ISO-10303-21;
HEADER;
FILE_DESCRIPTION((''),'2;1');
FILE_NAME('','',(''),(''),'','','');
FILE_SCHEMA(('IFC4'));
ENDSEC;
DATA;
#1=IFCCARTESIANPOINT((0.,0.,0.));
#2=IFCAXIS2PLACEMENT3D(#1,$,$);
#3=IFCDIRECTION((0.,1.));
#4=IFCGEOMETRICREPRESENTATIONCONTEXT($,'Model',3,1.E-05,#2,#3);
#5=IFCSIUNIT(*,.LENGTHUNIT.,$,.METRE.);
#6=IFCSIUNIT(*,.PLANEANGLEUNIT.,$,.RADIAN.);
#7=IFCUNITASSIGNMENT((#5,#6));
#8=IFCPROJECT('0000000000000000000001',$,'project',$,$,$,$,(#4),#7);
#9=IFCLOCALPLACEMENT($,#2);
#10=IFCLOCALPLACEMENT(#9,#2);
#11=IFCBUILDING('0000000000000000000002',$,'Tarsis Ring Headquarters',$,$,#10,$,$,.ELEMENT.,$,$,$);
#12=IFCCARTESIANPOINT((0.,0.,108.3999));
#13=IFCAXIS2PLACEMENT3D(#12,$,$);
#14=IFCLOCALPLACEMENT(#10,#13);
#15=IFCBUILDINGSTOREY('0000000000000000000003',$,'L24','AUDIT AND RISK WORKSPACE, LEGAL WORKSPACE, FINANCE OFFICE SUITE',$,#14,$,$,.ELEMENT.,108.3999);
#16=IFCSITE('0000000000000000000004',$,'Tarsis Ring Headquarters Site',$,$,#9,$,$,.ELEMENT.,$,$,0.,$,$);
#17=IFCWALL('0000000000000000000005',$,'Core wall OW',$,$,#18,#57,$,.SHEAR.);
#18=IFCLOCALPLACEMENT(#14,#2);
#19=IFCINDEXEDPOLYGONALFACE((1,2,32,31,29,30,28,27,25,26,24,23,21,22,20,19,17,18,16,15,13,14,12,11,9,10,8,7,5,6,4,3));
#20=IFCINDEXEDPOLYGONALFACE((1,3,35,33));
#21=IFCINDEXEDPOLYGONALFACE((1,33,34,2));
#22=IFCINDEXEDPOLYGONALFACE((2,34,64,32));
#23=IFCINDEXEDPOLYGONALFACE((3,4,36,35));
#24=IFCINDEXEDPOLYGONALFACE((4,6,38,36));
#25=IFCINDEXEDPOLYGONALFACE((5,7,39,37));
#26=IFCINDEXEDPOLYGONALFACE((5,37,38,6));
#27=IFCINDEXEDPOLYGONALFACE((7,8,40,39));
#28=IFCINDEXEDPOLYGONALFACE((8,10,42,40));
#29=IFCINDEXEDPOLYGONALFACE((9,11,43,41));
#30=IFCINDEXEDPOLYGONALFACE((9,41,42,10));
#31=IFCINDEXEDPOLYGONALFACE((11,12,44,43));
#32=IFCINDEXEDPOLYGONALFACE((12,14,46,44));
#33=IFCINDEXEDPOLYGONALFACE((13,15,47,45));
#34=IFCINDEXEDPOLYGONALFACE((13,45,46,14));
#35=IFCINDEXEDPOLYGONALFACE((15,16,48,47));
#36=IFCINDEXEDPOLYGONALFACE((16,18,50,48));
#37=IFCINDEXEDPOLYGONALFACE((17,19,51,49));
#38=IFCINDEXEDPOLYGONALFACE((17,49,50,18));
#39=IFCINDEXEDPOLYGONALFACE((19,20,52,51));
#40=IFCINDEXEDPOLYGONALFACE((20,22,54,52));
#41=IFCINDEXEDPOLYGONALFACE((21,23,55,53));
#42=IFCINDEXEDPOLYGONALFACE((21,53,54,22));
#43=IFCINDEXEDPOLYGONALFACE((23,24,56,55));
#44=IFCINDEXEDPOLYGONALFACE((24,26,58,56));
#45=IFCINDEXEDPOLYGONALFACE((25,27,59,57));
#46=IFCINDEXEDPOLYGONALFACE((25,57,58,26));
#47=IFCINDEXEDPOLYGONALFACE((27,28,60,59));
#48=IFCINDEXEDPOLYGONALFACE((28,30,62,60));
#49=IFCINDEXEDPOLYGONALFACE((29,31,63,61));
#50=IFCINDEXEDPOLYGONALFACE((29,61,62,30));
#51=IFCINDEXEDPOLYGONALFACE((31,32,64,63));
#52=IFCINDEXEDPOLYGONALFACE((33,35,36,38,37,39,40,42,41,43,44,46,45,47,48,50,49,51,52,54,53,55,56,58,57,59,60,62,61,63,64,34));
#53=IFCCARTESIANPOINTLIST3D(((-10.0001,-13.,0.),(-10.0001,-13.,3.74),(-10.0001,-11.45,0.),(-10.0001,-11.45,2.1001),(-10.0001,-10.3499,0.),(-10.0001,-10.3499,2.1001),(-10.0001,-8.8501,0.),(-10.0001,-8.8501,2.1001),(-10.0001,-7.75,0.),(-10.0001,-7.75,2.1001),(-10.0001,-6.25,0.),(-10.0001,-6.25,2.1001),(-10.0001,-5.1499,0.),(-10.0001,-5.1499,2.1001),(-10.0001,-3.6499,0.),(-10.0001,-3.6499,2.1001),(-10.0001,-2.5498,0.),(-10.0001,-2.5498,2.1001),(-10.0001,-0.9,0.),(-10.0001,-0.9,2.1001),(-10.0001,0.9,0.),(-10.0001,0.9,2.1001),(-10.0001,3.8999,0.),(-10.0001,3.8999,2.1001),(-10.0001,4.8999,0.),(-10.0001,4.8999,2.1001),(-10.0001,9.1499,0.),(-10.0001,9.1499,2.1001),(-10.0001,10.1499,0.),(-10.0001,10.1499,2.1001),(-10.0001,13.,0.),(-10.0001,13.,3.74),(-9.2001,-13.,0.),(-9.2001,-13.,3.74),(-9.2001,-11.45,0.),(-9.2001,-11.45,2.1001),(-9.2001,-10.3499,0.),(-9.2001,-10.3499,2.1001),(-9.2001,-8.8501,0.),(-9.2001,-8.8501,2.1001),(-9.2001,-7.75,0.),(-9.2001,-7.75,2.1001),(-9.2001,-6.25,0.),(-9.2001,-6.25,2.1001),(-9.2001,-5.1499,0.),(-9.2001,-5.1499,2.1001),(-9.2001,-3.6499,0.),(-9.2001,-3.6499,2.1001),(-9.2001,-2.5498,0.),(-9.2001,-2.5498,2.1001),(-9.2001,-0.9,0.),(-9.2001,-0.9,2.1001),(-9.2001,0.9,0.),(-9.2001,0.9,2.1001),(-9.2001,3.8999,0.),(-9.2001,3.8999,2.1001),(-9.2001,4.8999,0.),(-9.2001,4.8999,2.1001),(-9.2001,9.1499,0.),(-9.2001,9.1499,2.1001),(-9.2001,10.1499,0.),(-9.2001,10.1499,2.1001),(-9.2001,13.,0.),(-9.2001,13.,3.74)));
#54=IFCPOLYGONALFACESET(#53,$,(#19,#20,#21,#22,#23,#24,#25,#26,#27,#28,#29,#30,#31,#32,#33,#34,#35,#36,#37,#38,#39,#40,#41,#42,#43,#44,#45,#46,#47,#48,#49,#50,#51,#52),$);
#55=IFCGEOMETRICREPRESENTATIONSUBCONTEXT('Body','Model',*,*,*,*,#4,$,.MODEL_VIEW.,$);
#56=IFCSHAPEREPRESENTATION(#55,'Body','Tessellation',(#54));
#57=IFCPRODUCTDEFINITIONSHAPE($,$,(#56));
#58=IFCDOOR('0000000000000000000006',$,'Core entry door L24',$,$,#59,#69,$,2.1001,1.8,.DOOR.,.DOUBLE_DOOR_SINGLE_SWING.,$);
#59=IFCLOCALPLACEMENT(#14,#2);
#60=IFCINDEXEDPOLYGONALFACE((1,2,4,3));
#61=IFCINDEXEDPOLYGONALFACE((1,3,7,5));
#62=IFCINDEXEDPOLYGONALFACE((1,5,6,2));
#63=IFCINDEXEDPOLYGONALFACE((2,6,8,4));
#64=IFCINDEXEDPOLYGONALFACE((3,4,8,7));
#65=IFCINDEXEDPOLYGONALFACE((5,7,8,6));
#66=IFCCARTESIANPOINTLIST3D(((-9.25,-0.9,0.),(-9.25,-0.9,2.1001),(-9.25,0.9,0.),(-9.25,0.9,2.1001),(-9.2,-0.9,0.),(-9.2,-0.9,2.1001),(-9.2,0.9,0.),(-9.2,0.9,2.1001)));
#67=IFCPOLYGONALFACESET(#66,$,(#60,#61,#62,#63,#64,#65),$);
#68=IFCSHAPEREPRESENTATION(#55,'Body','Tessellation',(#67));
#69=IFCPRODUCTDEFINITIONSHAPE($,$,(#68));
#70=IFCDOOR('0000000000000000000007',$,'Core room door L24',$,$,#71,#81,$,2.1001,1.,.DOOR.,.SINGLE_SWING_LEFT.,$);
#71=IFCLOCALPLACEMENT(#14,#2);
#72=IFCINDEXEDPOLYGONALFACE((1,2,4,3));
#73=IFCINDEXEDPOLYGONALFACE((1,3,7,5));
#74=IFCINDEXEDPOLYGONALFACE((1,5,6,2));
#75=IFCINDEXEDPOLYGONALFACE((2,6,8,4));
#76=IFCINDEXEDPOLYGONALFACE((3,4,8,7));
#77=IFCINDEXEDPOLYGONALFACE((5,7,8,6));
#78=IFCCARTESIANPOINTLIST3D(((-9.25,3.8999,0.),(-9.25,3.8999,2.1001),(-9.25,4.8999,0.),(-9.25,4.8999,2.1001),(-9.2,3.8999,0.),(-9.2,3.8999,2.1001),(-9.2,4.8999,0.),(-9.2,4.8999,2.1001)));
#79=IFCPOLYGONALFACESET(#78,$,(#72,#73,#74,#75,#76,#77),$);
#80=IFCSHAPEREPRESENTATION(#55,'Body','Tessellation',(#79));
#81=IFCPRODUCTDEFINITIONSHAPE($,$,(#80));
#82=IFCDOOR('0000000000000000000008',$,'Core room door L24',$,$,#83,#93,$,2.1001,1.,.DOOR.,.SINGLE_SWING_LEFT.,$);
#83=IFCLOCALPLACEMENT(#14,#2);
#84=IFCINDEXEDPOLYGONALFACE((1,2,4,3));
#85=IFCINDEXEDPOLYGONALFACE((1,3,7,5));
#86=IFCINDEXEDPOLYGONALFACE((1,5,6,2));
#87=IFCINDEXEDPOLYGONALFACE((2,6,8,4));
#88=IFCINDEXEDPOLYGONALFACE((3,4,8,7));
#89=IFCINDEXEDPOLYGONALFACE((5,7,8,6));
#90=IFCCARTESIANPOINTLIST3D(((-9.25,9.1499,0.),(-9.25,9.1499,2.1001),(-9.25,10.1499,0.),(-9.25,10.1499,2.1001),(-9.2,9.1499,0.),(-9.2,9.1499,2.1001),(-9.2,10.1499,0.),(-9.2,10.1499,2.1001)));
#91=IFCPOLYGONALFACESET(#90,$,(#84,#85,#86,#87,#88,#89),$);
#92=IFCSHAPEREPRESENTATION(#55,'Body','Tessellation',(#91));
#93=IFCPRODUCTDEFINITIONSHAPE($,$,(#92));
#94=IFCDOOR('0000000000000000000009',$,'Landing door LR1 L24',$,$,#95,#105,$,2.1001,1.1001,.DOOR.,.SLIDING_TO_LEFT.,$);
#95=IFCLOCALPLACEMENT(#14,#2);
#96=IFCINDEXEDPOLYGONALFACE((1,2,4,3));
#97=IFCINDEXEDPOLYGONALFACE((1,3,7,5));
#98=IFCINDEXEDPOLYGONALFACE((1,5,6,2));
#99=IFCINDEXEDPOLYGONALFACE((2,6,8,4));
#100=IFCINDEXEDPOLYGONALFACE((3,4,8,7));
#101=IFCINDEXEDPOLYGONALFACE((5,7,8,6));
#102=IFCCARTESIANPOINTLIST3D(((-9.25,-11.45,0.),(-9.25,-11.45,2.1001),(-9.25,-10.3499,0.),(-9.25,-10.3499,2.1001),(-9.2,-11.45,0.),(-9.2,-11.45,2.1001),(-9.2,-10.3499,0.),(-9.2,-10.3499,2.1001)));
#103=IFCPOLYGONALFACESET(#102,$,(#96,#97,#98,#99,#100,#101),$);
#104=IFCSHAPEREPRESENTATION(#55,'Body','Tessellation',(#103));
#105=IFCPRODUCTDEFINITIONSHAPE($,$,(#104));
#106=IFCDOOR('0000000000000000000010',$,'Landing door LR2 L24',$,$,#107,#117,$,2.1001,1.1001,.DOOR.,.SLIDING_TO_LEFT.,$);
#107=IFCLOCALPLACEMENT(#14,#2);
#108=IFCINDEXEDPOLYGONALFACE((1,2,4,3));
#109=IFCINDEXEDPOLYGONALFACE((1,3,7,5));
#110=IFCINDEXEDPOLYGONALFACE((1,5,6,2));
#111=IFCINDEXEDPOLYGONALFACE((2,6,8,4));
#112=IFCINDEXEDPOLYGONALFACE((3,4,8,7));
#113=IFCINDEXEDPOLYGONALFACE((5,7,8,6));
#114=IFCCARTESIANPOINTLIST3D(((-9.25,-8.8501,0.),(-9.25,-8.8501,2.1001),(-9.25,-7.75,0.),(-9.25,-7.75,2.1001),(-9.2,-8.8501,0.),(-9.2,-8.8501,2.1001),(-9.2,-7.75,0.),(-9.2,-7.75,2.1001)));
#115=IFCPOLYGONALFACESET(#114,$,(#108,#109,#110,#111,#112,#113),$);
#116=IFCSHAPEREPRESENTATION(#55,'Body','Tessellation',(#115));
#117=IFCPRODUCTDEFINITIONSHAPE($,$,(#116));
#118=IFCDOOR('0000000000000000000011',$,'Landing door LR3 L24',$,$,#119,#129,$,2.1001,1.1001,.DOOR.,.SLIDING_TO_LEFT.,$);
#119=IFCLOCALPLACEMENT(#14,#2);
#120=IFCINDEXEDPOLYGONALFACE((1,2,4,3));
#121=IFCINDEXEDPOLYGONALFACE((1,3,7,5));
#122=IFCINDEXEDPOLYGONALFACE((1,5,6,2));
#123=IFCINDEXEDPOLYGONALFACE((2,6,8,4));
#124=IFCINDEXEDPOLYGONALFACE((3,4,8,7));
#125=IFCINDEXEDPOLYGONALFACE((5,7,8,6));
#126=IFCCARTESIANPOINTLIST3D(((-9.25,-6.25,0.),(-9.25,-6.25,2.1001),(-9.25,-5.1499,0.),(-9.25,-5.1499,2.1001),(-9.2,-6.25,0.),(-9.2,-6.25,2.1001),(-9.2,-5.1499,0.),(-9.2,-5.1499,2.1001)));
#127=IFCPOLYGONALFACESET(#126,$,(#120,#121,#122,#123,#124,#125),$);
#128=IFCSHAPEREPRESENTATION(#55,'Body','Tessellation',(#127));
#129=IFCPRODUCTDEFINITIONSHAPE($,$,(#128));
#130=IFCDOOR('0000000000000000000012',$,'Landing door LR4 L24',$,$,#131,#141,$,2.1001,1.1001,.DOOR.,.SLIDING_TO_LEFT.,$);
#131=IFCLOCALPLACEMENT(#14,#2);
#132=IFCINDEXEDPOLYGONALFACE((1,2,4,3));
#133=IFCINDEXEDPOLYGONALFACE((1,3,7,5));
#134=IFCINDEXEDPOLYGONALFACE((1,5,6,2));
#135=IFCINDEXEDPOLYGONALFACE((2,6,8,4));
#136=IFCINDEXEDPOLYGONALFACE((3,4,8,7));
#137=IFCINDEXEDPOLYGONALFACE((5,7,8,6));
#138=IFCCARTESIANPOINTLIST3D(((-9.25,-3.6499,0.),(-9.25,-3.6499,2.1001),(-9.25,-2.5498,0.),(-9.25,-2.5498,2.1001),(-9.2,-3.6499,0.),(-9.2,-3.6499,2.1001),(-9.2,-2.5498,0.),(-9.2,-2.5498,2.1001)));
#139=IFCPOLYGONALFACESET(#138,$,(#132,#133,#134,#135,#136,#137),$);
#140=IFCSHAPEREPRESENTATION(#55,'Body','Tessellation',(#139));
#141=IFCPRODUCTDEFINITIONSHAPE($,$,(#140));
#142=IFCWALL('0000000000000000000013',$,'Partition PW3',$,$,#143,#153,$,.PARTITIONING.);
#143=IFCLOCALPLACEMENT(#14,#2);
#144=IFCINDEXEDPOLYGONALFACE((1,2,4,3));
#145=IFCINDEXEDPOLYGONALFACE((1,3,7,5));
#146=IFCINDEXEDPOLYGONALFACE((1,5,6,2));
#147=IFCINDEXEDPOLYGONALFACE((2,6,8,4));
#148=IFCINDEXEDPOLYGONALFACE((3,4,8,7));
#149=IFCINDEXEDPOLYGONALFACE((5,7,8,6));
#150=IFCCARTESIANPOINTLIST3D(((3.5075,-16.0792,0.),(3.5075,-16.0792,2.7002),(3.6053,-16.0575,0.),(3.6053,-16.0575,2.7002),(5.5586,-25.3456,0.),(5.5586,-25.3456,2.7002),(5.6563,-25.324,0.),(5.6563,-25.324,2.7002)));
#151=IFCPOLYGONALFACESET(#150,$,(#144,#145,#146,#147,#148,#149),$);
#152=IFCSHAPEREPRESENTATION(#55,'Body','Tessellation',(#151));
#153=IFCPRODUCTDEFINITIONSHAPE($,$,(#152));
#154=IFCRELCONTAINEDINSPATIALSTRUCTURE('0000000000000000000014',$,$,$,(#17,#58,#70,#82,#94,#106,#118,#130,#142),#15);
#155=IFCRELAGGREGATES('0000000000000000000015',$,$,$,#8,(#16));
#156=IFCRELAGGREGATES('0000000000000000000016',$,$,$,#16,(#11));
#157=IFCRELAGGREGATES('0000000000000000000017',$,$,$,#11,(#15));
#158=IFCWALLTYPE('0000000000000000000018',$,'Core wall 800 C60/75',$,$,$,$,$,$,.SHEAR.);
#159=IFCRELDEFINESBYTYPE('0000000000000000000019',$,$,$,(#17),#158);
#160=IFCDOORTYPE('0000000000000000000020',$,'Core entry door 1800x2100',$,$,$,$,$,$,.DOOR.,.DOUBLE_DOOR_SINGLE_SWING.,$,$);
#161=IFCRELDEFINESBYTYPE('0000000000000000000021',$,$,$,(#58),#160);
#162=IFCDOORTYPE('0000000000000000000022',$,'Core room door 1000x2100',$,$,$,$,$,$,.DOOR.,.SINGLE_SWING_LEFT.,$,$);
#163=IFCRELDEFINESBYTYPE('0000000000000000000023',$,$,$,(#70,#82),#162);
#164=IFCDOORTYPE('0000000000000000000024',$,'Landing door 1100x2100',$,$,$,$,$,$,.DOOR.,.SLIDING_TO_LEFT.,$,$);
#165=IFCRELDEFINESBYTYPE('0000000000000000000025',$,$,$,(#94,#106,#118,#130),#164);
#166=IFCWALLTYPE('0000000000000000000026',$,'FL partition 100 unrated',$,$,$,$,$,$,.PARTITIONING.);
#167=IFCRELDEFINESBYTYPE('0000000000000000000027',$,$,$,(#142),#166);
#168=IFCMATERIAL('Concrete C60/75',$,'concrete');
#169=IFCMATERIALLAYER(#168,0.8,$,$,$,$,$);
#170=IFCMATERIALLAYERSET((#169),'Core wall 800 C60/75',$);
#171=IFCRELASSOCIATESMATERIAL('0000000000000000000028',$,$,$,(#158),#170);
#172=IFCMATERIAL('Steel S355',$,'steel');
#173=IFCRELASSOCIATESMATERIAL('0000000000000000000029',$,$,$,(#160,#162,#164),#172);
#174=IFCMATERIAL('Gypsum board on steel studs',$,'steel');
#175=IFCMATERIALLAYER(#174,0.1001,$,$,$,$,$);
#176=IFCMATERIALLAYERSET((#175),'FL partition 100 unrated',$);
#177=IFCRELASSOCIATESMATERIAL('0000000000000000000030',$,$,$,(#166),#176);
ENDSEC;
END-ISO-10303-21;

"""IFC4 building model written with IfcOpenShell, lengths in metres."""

from ifc_helpers import new_model, si_unit, direction, frame, frame_2d, origin, place, context, subcontext, project, spatial, rectangle, extrude, material, layer, layer_set, type_object, element, fill, save


model = new_model("IFC4")

# Units and contexts
model_context = context("Model", 3, precision=1e-05, world=origin(), true_north=direction((0.0, 1.0)))
body_context = subcontext(model_context, "Body", "Model", "MODEL_VIEW")
ifc_project = project(units=[si_unit("LENGTHUNIT", "METRE"), si_unit("PLANEANGLEUNIT", "RADIAN")], contexts=[model_context])

# Site, building, storey
site_placement = place(None, origin())
site = spatial("IfcSite", under=ifc_project, at=site_placement, Name="Tarsis Ring Headquarters Site", CompositionType="ELEMENT", RefElevation=0.0)
building_placement = place(site_placement, origin())
building = spatial("IfcBuilding", under=site, at=building_placement, Name="Tarsis Ring Headquarters", CompositionType="ELEMENT")
storey_placement = place(building_placement, frame((0.0, 0.0, 108.3999)))
storey = spatial("IfcBuildingStorey", under=building, at=storey_placement, Name="L24", Description="AUDIT AND RISK WORKSPACE, LEGAL WORKSPACE, FINANCE OFFICE SUITE", CompositionType="ELEMENT", Elevation=108.3999)

# Wall, openings, doors
ifc_material_1 = material(Name="Concrete C60/75", Category="concrete")
ifc_layer_1 = layer(ifc_material_1, 0.8)
ifc_layer_set_1 = layer_set([ifc_layer_1], Name="Core wall 800 C60/75")
wall_type_1 = type_object("IfcWallType", Name="Core wall 800 C60/75", PredefinedType="SHEAR", material=ifc_layer_set_1)
wall_1_placement = place(storey_placement, frame((-9.6001, -13.0, 0.0), z_axis=(0.0, 0.0, 1.0), x_axis=(0.0, 1.0, 0.0)))
wall_1 = element("IfcWall", 1, at=wall_1_placement, inside=storey, type_object=wall_type_1, Name="Core wall OW", PredefinedType="SHEAR", context=body_context, shape_type="SweptSolid", body=[
    extrude(rectangle(XDim=26.0, YDim=0.8, at=frame_2d((13.0, 0.0))), origin(), (0.0, 0.0, 1.0), 3.74),
])
opening_1_placement = place(wall_1_placement, frame((1.55, 0.0, 0.0)))
opening_1 = element("IfcOpeningElement", 2, at=opening_1_placement, cuts=wall_1, PredefinedType="OPENING", context=body_context, shape_type="SweptSolid", body=[
    extrude(rectangle(XDim=1.1001, YDim=2.1001, at=frame_2d((0.55, 1.05))), frame((0.0, 0.4099, 0.0), z_axis=(0.0, -1.0, 0.0), x_axis=(1.0, 0.0, 0.0)), (0.0, 0.0, 1.0), 0.8201),
])
opening_2_placement = place(wall_1_placement, frame((4.1499, 0.0, 0.0)))
opening_2 = element("IfcOpeningElement", 3, at=opening_2_placement, cuts=wall_1, PredefinedType="OPENING", context=body_context, shape_type="SweptSolid", body=[
    extrude(rectangle(XDim=1.1001, YDim=2.1001, at=frame_2d((0.55, 1.05))), frame((0.0, 0.4099, 0.0), z_axis=(0.0, -1.0, 0.0), x_axis=(1.0, 0.0, 0.0)), (0.0, 0.0, 1.0), 0.8201),
])
opening_3_placement = place(wall_1_placement, frame((6.75, 0.0, 0.0)))
opening_3 = element("IfcOpeningElement", 4, at=opening_3_placement, cuts=wall_1, PredefinedType="OPENING", context=body_context, shape_type="SweptSolid", body=[
    extrude(rectangle(XDim=1.1001, YDim=2.1001, at=frame_2d((0.55, 1.05))), frame((0.0, 0.4099, 0.0), z_axis=(0.0, -1.0, 0.0), x_axis=(1.0, 0.0, 0.0)), (0.0, 0.0, 1.0), 0.8201),
])
opening_4_placement = place(wall_1_placement, frame((9.3501, 0.0, 0.0)))
opening_4 = element("IfcOpeningElement", 5, at=opening_4_placement, cuts=wall_1, PredefinedType="OPENING", context=body_context, shape_type="SweptSolid", body=[
    extrude(rectangle(XDim=1.1001, YDim=2.1001, at=frame_2d((0.55, 1.05))), frame((0.0, 0.4099, 0.0), z_axis=(0.0, -1.0, 0.0), x_axis=(1.0, 0.0, 0.0)), (0.0, 0.0, 1.0), 0.8201),
])
opening_5_placement = place(wall_1_placement, frame((12.1001, 0.0, 0.0)))
opening_5 = element("IfcOpeningElement", 6, at=opening_5_placement, cuts=wall_1, PredefinedType="OPENING", context=body_context, shape_type="SweptSolid", body=[
    extrude(rectangle(XDim=1.8, YDim=2.1001, at=frame_2d((0.8999, 1.05))), frame((0.0, 0.4099, 0.0), z_axis=(0.0, -1.0, 0.0), x_axis=(1.0, 0.0, 0.0)), (0.0, 0.0, 1.0), 0.8201),
])
opening_6_placement = place(wall_1_placement, frame((16.8999, 0.0, 0.0)))
opening_6 = element("IfcOpeningElement", 7, at=opening_6_placement, cuts=wall_1, PredefinedType="OPENING", context=body_context, shape_type="SweptSolid", body=[
    extrude(rectangle(XDim=1.0, YDim=2.1001, at=frame_2d((0.5, 1.05))), frame((0.0, 0.4099, 0.0), z_axis=(0.0, -1.0, 0.0), x_axis=(1.0, 0.0, 0.0)), (0.0, 0.0, 1.0), 0.8201),
])
opening_7_placement = place(wall_1_placement, frame((22.1499, 0.0, 0.0)))
opening_7 = element("IfcOpeningElement", 8, at=opening_7_placement, cuts=wall_1, PredefinedType="OPENING", context=body_context, shape_type="SweptSolid", body=[
    extrude(rectangle(XDim=1.0, YDim=2.1001, at=frame_2d((0.5, 1.05))), frame((0.0, 0.4099, 0.0), z_axis=(0.0, -1.0, 0.0), x_axis=(1.0, 0.0, 0.0)), (0.0, 0.0, 1.0), 0.8201),
])
ifc_material_2 = material(Name="Steel S355", Category="steel")
door_type_1 = type_object("IfcDoorType", Name="Core entry door 1800x2100", OperationType="DOUBLE_DOOR_SINGLE_SWING", PredefinedType="DOOR", material=ifc_material_2)
door_1_placement = place(opening_5_placement, origin())
door_1 = element("IfcDoor", 9, at=door_1_placement, inside=storey, type_object=door_type_1, Name="Core entry door L24", OperationType="DOUBLE_DOOR_SINGLE_SWING", OverallHeight=2.1001, OverallWidth=1.8, PredefinedType="DOOR", context=body_context, shape_type="SweptSolid", body=[
    extrude(rectangle(XDim=1.8, YDim=2.1001, at=frame_2d((0.8999, 1.05))), frame((0.0, -0.3501, 0.0), z_axis=(0.0, -1.0, 0.0), x_axis=(1.0, 0.0, 0.0)), (0.0, 0.0, 1.0), 0.05),
])
fill(opening_5, door_1)
door_type_2 = type_object("IfcDoorType", Name="Core room door 1000x2100", OperationType="SINGLE_SWING_LEFT", PredefinedType="DOOR", material=ifc_material_2)
door_2_placement = place(opening_6_placement, origin())
door_2 = element("IfcDoor", 10, at=door_2_placement, inside=storey, type_object=door_type_2, Name="Core room door L24", OperationType="SINGLE_SWING_LEFT", OverallHeight=2.1001, OverallWidth=1.0, PredefinedType="DOOR", context=body_context, shape_type="SweptSolid", body=[
    extrude(rectangle(XDim=1.0, YDim=2.1001, at=frame_2d((0.5, 1.05))), frame((0.0, -0.3501, 0.0), z_axis=(0.0, -1.0, 0.0), x_axis=(1.0, 0.0, 0.0)), (0.0, 0.0, 1.0), 0.05),
])
fill(opening_6, door_2)
door_3_placement = place(opening_7_placement, origin())
door_3 = element("IfcDoor", 11, at=door_3_placement, inside=storey, type_object=door_type_2, Name="Core room door L24", OperationType="SINGLE_SWING_LEFT", OverallHeight=2.1001, OverallWidth=1.0, PredefinedType="DOOR", context=body_context, shape_type="SweptSolid", body=[
    extrude(rectangle(XDim=1.0, YDim=2.1001, at=frame_2d((0.5, 1.05))), frame((0.0, -0.3501, 0.0), z_axis=(0.0, -1.0, 0.0), x_axis=(1.0, 0.0, 0.0)), (0.0, 0.0, 1.0), 0.05),
])
fill(opening_7, door_3)
door_type_3 = type_object("IfcDoorType", Name="Landing door 1100x2100", OperationType="SLIDING_TO_LEFT", PredefinedType="DOOR", material=ifc_material_2)
door_4_placement = place(opening_1_placement, origin())
door_4 = element("IfcDoor", 12, at=door_4_placement, inside=storey, type_object=door_type_3, Name="Landing door LR1 L24", OperationType="SLIDING_TO_LEFT", OverallHeight=2.1001, OverallWidth=1.1001, PredefinedType="DOOR", context=body_context, shape_type="SweptSolid", body=[
    extrude(rectangle(XDim=1.1001, YDim=2.1001, at=frame_2d((0.55, 1.05))), frame((0.0, -0.3501, 0.0), z_axis=(0.0, -1.0, 0.0), x_axis=(1.0, 0.0, 0.0)), (0.0, 0.0, 1.0), 0.05),
])
fill(opening_1, door_4)
door_5_placement = place(opening_2_placement, origin())
door_5 = element("IfcDoor", 13, at=door_5_placement, inside=storey, type_object=door_type_3, Name="Landing door LR2 L24", OperationType="SLIDING_TO_LEFT", OverallHeight=2.1001, OverallWidth=1.1001, PredefinedType="DOOR", context=body_context, shape_type="SweptSolid", body=[
    extrude(rectangle(XDim=1.1001, YDim=2.1001, at=frame_2d((0.55, 1.05))), frame((0.0, -0.3501, 0.0), z_axis=(0.0, -1.0, 0.0), x_axis=(1.0, 0.0, 0.0)), (0.0, 0.0, 1.0), 0.05),
])
fill(opening_2, door_5)
door_6_placement = place(opening_3_placement, origin())
door_6 = element("IfcDoor", 14, at=door_6_placement, inside=storey, type_object=door_type_3, Name="Landing door LR3 L24", OperationType="SLIDING_TO_LEFT", OverallHeight=2.1001, OverallWidth=1.1001, PredefinedType="DOOR", context=body_context, shape_type="SweptSolid", body=[
    extrude(rectangle(XDim=1.1001, YDim=2.1001, at=frame_2d((0.55, 1.05))), frame((0.0, -0.3501, 0.0), z_axis=(0.0, -1.0, 0.0), x_axis=(1.0, 0.0, 0.0)), (0.0, 0.0, 1.0), 0.05),
])
fill(opening_3, door_6)
door_7_placement = place(opening_4_placement, origin())
door_7 = element("IfcDoor", 15, at=door_7_placement, inside=storey, type_object=door_type_3, Name="Landing door LR4 L24", OperationType="SLIDING_TO_LEFT", OverallHeight=2.1001, OverallWidth=1.1001, PredefinedType="DOOR", context=body_context, shape_type="SweptSolid", body=[
    extrude(rectangle(XDim=1.1001, YDim=2.1001, at=frame_2d((0.55, 1.05))), frame((0.0, -0.3501, 0.0), z_axis=(0.0, -1.0, 0.0), x_axis=(1.0, 0.0, 0.0)), (0.0, 0.0, 1.0), 0.05),
])
fill(opening_4, door_7)

# Wall
ifc_material_3 = material(Name="Gypsum board on steel studs", Category="steel")
ifc_layer_2 = layer(ifc_material_3, 0.1001)
ifc_layer_set_2 = layer_set([ifc_layer_2], Name="FL partition 100 unrated")
wall_type_2 = type_object("IfcWallType", Name="FL partition 100 unrated", PredefinedType="PARTITIONING", material=ifc_layer_set_2)
wall_2_placement = place(storey_placement, frame((3.5564, -16.0684, 0.0), z_axis=(0.0, 0.0, 1.0), x_axis=(0.216111, -0.976369, 0.0)))
element("IfcWall", 16, at=wall_2_placement, inside=storey, type_object=wall_type_2, Name="Partition PW3", PredefinedType="PARTITIONING", context=body_context, shape_type="SweptSolid", body=[
    extrude(rectangle(XDim=9.4907, YDim=0.1001, at=frame_2d((4.7454, 0.0))), origin(), (0.0, 0.0, 1.0), 2.7002),
])

save(model, "model.ifc")
